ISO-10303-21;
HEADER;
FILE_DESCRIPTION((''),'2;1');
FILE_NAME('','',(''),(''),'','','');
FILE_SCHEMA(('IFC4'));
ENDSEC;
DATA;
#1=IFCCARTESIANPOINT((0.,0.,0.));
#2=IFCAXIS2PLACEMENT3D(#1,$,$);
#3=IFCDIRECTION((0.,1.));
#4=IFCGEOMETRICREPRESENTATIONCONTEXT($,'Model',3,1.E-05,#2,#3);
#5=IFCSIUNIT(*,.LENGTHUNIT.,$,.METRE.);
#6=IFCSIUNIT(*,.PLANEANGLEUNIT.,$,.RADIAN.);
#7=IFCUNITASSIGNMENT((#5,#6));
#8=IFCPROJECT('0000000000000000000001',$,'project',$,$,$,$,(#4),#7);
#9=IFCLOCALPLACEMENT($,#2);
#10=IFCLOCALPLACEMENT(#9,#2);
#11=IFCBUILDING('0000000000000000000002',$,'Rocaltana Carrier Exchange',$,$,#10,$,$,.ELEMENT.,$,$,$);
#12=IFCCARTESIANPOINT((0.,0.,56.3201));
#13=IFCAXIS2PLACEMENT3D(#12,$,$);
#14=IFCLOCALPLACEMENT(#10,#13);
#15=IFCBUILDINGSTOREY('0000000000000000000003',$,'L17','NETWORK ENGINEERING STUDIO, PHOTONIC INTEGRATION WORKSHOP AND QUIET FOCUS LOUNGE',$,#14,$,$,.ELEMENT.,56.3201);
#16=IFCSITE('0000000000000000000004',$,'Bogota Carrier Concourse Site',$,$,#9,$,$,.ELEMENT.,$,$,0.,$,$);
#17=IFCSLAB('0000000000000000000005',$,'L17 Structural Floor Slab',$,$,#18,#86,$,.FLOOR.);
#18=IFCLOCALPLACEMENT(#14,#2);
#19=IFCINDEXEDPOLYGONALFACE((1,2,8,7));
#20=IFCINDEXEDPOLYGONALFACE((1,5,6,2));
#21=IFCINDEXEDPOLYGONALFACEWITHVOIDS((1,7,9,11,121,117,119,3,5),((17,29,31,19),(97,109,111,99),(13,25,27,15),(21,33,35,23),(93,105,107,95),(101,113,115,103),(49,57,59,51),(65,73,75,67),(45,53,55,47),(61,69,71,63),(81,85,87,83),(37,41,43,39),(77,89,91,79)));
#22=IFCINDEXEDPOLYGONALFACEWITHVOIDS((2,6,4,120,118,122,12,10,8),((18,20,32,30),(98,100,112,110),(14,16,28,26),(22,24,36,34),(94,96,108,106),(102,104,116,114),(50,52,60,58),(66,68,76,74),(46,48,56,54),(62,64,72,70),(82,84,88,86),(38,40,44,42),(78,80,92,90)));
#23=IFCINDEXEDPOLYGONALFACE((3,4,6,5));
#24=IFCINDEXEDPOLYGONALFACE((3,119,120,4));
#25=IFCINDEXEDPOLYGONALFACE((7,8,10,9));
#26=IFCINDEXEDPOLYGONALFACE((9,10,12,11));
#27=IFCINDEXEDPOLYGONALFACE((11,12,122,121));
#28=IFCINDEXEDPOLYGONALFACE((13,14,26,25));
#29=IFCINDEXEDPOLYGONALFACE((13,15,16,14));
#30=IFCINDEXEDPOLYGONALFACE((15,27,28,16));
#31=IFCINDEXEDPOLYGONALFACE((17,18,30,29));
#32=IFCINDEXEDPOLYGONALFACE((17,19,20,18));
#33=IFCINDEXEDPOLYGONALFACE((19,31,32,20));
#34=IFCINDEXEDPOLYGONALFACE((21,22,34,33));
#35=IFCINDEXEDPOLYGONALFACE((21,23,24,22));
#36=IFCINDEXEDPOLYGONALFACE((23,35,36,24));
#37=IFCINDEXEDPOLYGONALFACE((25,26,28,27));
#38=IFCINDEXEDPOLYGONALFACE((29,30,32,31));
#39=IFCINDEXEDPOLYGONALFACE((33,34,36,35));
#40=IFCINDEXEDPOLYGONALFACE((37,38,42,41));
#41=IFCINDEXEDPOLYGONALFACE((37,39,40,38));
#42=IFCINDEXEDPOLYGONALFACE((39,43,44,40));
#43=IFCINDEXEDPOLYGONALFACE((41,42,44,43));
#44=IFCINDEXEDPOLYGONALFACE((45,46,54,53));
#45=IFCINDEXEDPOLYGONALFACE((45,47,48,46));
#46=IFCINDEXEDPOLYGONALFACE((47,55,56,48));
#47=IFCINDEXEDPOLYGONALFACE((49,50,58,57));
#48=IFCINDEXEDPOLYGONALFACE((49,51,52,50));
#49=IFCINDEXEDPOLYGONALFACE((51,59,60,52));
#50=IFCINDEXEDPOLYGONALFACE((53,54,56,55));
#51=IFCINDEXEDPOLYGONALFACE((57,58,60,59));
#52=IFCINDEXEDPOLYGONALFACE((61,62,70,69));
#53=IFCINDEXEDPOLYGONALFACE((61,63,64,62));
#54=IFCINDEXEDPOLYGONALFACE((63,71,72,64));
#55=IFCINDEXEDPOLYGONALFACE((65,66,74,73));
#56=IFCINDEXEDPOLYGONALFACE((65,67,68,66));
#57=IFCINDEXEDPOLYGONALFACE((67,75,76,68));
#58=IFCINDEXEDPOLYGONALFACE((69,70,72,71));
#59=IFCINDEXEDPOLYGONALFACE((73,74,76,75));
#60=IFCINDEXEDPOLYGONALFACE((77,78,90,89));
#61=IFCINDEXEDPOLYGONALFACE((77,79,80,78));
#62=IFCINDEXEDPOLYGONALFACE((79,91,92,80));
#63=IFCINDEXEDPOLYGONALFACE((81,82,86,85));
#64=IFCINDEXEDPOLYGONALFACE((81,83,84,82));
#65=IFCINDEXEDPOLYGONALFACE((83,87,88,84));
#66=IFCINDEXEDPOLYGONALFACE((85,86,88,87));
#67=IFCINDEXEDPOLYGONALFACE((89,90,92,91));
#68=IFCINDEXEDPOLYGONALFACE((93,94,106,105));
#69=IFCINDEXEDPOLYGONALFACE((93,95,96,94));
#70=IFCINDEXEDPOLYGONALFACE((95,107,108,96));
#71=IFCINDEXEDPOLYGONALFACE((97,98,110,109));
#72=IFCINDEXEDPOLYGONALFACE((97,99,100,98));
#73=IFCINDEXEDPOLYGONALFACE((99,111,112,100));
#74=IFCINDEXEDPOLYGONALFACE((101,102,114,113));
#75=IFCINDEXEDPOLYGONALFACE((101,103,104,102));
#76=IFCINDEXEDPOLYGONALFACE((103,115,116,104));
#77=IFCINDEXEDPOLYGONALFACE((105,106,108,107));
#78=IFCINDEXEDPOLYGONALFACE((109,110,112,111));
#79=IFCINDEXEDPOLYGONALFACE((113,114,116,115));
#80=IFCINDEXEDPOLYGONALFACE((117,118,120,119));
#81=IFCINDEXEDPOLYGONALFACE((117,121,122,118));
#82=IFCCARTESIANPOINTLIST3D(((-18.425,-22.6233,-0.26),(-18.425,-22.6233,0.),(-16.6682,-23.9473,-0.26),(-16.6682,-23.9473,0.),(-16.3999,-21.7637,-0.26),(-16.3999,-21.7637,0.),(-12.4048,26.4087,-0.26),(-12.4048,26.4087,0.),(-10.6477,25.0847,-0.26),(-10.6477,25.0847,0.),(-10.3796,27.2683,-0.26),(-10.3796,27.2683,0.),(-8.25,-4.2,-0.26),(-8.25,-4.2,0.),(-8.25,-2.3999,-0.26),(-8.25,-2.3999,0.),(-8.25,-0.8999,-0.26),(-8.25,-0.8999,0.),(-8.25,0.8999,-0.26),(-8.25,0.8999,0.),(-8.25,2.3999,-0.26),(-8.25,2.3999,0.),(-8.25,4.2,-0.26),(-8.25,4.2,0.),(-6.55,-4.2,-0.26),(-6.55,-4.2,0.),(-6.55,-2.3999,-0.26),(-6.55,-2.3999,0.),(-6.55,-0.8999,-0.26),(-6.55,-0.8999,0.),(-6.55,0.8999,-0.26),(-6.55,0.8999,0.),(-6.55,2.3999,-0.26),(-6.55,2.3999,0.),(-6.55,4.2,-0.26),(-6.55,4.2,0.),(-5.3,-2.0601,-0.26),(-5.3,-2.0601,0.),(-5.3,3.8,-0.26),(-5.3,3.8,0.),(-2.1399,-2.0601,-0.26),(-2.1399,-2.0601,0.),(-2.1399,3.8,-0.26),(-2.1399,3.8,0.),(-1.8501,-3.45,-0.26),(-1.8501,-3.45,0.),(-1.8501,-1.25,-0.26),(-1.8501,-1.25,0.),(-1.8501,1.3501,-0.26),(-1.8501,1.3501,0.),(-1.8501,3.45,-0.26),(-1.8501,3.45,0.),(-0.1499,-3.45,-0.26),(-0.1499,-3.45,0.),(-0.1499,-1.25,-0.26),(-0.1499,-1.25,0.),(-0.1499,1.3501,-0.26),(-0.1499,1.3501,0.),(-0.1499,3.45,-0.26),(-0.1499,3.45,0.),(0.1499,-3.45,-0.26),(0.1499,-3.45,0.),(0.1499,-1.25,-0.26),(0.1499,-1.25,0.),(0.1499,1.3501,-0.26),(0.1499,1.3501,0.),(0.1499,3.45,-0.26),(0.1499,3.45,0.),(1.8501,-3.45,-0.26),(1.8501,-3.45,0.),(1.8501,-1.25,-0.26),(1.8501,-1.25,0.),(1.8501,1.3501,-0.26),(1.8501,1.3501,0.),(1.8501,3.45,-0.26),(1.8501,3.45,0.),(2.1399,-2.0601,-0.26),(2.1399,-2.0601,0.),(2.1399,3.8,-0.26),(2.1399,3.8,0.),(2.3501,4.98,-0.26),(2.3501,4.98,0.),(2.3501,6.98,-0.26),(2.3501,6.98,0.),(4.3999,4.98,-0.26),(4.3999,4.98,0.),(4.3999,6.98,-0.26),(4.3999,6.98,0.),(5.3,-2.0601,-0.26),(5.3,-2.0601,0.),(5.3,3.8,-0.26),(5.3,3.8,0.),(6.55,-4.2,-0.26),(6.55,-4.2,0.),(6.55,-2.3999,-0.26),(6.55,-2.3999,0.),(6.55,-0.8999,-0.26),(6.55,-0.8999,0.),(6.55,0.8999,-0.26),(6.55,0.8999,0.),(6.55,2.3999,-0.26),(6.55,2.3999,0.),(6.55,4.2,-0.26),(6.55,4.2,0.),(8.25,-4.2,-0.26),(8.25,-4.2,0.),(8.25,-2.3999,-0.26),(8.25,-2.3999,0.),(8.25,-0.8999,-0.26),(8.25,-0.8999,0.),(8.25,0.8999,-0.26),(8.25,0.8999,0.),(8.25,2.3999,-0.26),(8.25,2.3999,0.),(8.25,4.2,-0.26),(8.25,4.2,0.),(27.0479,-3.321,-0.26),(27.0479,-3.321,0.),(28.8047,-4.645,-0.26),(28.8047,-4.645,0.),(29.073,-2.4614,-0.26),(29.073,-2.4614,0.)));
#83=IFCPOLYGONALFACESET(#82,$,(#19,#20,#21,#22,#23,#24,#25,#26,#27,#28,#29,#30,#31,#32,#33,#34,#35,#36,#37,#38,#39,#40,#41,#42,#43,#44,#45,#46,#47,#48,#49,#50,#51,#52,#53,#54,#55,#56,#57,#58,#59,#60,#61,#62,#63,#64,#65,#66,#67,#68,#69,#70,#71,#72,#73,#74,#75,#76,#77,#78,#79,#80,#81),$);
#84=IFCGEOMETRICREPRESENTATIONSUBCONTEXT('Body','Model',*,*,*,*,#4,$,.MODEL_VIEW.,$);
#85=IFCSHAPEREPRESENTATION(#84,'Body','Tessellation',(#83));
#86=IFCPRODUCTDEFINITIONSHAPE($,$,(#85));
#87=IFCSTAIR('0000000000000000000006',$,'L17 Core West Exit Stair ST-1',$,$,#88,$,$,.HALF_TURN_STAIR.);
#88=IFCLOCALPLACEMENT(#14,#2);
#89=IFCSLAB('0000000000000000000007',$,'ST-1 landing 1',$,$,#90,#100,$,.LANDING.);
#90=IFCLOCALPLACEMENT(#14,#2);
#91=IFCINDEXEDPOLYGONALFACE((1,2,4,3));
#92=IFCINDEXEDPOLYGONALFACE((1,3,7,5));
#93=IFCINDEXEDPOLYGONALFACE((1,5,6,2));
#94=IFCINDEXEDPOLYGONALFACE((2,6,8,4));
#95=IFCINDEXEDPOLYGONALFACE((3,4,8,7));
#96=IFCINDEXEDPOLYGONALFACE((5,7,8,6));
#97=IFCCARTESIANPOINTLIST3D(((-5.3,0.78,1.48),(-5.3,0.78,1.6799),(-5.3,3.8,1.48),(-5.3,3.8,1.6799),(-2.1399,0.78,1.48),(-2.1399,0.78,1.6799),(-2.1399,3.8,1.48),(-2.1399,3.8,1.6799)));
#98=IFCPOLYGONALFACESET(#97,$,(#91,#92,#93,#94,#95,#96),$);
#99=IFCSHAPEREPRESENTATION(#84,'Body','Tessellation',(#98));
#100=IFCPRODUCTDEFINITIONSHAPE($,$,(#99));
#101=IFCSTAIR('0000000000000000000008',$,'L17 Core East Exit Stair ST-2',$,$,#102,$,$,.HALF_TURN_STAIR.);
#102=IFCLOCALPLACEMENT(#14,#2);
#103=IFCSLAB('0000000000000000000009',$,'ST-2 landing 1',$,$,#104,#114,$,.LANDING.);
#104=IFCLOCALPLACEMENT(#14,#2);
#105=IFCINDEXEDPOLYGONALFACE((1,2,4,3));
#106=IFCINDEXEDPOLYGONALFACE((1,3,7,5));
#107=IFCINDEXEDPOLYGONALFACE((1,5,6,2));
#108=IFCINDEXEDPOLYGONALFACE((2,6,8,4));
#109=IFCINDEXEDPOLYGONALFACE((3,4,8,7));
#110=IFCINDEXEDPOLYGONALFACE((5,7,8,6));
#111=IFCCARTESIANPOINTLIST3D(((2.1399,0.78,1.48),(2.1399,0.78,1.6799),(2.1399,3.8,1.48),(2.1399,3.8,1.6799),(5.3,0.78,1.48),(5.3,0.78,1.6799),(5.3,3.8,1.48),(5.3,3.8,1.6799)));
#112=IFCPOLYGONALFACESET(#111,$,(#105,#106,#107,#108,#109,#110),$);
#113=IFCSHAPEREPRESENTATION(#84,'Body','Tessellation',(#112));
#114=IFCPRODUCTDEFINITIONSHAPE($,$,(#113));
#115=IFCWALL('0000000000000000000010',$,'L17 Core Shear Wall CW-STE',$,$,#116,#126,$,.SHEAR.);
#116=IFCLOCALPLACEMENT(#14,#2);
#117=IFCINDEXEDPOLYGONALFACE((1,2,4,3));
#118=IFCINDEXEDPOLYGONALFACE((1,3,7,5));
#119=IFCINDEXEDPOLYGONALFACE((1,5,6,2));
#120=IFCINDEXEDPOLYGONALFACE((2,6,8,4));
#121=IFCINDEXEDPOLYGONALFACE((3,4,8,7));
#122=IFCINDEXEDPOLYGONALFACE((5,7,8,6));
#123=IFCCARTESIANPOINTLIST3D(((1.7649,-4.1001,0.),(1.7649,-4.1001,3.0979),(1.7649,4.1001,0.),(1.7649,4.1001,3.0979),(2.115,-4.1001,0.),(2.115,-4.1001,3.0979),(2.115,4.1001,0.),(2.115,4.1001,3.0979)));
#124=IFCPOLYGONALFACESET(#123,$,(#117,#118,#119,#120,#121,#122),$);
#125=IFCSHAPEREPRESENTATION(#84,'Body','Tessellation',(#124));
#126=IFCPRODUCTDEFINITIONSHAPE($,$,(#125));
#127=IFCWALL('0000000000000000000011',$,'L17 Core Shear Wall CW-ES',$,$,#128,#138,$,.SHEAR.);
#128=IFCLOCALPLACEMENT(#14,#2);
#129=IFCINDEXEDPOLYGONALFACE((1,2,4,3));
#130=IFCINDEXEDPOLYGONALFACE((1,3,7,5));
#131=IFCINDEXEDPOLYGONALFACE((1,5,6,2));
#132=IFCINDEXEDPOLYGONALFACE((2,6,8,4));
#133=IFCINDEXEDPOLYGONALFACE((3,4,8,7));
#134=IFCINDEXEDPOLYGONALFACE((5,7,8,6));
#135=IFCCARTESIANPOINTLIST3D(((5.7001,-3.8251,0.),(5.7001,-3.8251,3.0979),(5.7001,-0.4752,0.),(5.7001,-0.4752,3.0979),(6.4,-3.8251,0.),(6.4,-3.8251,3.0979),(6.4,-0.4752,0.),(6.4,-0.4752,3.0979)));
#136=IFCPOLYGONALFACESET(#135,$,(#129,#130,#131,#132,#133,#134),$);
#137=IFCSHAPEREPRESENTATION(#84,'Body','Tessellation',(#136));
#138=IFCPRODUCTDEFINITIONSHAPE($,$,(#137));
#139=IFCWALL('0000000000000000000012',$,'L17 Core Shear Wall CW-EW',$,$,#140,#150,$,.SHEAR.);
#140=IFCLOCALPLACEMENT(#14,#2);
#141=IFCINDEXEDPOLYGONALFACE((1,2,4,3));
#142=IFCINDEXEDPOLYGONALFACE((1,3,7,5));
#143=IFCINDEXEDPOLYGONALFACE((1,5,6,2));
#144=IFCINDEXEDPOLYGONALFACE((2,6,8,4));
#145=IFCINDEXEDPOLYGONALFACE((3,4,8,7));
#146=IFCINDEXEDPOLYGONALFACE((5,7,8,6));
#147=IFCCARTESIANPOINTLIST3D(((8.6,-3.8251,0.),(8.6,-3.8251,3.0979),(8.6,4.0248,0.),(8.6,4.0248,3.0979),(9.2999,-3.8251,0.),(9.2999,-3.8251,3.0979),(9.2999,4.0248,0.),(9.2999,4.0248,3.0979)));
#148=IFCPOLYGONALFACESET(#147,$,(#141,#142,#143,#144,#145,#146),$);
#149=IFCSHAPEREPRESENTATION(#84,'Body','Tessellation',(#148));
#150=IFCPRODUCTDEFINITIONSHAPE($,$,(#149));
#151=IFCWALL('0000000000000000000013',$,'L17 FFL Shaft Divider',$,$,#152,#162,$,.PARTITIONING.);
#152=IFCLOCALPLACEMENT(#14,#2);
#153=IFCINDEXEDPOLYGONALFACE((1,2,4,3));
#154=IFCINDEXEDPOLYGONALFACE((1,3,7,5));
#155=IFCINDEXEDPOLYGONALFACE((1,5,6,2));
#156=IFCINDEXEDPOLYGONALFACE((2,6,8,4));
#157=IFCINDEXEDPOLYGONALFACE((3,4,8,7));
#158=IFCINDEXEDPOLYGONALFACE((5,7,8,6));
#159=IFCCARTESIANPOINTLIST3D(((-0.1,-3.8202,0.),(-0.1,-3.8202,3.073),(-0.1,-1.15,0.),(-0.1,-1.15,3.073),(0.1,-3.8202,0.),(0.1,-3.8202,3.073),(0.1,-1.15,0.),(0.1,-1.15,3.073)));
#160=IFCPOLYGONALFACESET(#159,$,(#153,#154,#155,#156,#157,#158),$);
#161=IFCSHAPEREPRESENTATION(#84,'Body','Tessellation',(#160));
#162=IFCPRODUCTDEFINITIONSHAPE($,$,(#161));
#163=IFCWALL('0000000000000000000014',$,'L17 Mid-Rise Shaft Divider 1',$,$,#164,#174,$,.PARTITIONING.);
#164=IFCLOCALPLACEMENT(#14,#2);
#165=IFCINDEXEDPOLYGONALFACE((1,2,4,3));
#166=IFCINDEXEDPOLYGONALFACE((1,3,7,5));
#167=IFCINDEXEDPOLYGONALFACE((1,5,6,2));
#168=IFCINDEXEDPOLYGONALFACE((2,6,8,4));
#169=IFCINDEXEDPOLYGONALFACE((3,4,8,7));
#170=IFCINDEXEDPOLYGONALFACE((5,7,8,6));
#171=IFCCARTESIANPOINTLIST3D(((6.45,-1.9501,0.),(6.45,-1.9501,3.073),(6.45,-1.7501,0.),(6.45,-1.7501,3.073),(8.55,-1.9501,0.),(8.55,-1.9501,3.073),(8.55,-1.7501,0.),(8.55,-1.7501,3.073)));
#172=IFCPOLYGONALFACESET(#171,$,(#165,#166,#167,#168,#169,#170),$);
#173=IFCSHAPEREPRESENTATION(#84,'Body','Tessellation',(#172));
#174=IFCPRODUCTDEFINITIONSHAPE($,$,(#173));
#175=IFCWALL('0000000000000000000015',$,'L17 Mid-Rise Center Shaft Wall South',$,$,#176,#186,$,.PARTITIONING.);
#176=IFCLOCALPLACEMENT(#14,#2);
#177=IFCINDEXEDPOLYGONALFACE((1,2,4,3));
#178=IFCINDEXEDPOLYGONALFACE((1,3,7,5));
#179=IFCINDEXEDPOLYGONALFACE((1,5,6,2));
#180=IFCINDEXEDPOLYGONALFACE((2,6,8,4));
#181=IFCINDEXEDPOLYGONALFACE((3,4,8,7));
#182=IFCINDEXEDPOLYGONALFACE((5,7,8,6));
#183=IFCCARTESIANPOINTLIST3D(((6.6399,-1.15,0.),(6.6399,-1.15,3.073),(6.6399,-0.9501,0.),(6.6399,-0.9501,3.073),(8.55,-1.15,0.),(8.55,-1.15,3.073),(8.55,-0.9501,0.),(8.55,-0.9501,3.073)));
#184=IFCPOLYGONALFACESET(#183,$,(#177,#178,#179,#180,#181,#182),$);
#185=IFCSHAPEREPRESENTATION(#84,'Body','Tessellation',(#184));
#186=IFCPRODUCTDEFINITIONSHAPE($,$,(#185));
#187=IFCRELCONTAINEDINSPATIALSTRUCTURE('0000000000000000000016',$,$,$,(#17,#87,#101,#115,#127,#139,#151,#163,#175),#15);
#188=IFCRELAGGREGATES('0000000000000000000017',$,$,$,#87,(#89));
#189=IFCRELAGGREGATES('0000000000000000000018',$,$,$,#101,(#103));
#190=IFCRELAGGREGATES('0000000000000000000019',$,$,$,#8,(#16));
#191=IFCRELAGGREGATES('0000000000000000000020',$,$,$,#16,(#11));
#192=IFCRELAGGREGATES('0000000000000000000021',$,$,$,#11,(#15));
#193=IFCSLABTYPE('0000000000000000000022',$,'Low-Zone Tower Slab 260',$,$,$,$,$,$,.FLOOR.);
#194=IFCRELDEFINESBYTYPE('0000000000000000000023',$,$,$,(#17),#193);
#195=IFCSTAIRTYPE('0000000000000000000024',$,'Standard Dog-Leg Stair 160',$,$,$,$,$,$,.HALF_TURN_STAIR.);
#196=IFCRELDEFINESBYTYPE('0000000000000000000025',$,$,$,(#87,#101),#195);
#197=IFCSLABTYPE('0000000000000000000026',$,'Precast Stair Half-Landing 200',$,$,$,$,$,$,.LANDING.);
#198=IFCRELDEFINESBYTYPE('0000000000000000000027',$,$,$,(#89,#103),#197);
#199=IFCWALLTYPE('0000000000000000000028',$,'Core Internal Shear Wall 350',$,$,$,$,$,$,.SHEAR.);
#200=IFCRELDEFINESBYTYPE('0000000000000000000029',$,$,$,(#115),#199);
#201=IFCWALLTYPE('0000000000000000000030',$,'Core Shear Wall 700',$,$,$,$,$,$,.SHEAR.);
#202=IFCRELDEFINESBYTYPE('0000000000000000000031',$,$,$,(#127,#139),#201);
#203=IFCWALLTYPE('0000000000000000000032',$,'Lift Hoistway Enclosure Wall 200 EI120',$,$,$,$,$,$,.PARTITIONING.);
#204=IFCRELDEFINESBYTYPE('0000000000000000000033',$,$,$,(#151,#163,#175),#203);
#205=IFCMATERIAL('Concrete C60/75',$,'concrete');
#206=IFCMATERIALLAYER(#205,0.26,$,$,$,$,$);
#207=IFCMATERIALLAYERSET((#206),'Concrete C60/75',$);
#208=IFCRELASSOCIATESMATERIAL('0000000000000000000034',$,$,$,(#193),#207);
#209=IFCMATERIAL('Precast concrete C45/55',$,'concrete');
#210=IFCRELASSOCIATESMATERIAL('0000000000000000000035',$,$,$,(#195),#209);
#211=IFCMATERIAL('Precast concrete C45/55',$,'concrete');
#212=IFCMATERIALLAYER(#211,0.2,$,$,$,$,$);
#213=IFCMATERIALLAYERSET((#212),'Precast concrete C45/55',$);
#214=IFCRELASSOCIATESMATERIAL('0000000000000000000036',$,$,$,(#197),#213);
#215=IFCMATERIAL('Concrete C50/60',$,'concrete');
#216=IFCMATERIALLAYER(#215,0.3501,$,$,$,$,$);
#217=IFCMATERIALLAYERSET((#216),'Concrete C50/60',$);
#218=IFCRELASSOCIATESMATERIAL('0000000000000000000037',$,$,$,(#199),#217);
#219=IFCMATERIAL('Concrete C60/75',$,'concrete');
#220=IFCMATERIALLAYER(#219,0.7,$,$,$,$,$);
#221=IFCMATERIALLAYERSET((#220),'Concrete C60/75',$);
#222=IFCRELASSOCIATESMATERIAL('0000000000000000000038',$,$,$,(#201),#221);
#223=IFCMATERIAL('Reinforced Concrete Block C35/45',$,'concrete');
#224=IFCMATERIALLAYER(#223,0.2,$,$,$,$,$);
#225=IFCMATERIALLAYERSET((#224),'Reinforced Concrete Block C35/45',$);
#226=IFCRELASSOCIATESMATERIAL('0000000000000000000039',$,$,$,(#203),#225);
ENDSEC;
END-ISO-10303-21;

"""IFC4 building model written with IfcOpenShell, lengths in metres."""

from ifc_helpers import new_model, si_unit, direction, frame, frame_2d, origin, place, context, subcontext, project, spatial, polyline, rectangle, outline, extrude, material, layer, layer_set, type_object, element, aggregate, save


model = new_model("IFC4")

# Units and contexts
model_context = context("Model", 3, precision=1e-05, world=origin(), true_north=direction((0.0, 1.0)))
body_context = subcontext(model_context, "Body", "Model", "MODEL_VIEW")
ifc_project = project(units=[si_unit("LENGTHUNIT", "METRE"), si_unit("PLANEANGLEUNIT", "RADIAN")], contexts=[model_context])

# Site, building, storey
site_placement = place(None, origin())
site = spatial("IfcSite", under=ifc_project, at=site_placement, Name="Bogota Carrier Concourse Site", CompositionType="ELEMENT", RefElevation=0.0)
building_placement = place(site_placement, origin())
building = spatial("IfcBuilding", under=site, at=building_placement, Name="Rocaltana Carrier Exchange", CompositionType="ELEMENT")
storey_placement = place(building_placement, frame((0.0, 0.0, 56.3201)))
storey = spatial("IfcBuildingStorey", under=building, at=storey_placement, Name="L17", Description="NETWORK ENGINEERING STUDIO, PHOTONIC INTEGRATION WORKSHOP AND QUIET FOCUS LOUNGE", CompositionType="ELEMENT", Elevation=56.3201)

# Slab
ifc_material_1 = material(Name="Concrete C60/75", Category="concrete")
ifc_layer_1 = layer(ifc_material_1, 0.26)
ifc_layer_set_1 = layer_set([ifc_layer_1], Name="Concrete C60/75")
slab_type_1 = type_object("IfcSlabType", Name="Low-Zone Tower Slab 260", PredefinedType="FLOOR", material=ifc_layer_set_1)
slab_1_placement = place(storey_placement, frame((0.0, 0.0, -0.26)))
element("IfcSlab", 1, at=slab_1_placement, inside=storey, type_object=slab_type_1, Name="L17 Structural Floor Slab", PredefinedType="FLOOR", context=body_context, shape_type="SweptSolid", body=[
    extrude(outline(polyline([(28.8047, -4.645), (27.0479, -3.321), (29.073, -2.4614), (-10.3796, 27.2683), (-10.6477, 25.0847), (-12.4048, 26.4087), (-18.425, -22.6233), (-16.3999, -21.7637), (-16.6682, -23.9473), (28.8047, -4.645)]), holes=[polyline([(-5.3, -2.0601), (-2.1399, -2.0601), (-2.1399, 3.8), (-5.3, 3.8), (-5.3, -2.0601)]), polyline([(2.1399, -2.0601), (5.3, -2.0601), (5.3, 3.8), (2.1399, 3.8), (2.1399, -2.0601)]), polyline([(-1.8501, -3.45), (-0.1499, -3.45), (-0.1499, -1.25), (-1.8501, -1.25), (-1.8501, -3.45)]), polyline([(0.1499, -3.45), (1.8501, -3.45), (1.8501, -1.25), (0.1499, -1.25), (0.1499, -3.45)]), polyline([(2.3501, 4.98), (4.3999, 4.98), (4.3999, 6.98), (2.3501, 6.98), (2.3501, 4.98)]), polyline([(-1.8501, 1.3501), (-0.1499, 1.3501), (-0.1499, 3.45), (-1.8501, 3.45), (-1.8501, 1.3501)]), polyline([(0.1499, 1.3501), (1.8501, 1.3501), (1.8501, 3.45), (0.1499, 3.45), (0.1499, 1.3501)]), polyline([(-8.25, -4.2), (-6.55, -4.2), (-6.55, -2.3999), (-8.25, -2.3999), (-8.25, -4.2)]), polyline([(-8.25, -0.8999), (-6.55, -0.8999), (-6.55, 0.8999), (-8.25, 0.8999), (-8.25, -0.8999)]), polyline([(-8.25, 2.3999), (-6.55, 2.3999), (-6.55, 4.2), (-8.25, 4.2), (-8.25, 2.3999)]), polyline([(6.55, -4.2), (8.25, -4.2), (8.25, -2.3999), (6.55, -2.3999), (6.55, -4.2)]), polyline([(6.55, -0.8999), (8.25, -0.8999), (8.25, 0.8999), (6.55, 0.8999), (6.55, -0.8999)]), polyline([(6.55, 2.3999), (8.25, 2.3999), (8.25, 4.2), (6.55, 4.2), (6.55, 2.3999)])]), origin(), (0.0, 0.0, 1.0), 0.26),
])

# Stairs, slabs
ifc_material_2 = material(Name="Precast concrete C45/55", Category="concrete")
stair_type = type_object("IfcStairType", Name="Standard Dog-Leg Stair 160", PredefinedType="HALF_TURN_STAIR", material=ifc_material_2)
stair_1_placement = place(storey_placement, origin())
stair_1 = element("IfcStair", 2, at=stair_1_placement, inside=storey, type_object=stair_type, Name="L17 Core West Exit Stair ST-1", PredefinedType="HALF_TURN_STAIR")
ifc_material_3 = material(Name="Precast concrete C45/55", Category="concrete")
ifc_layer_2 = layer(ifc_material_3, 0.2)
ifc_layer_set_2 = layer_set([ifc_layer_2], Name="Precast concrete C45/55")
slab_type_2 = type_object("IfcSlabType", Name="Precast Stair Half-Landing 200", PredefinedType="LANDING", material=ifc_layer_set_2)
slab_2_placement = place(storey_placement, frame((0.0, 0.0, 1.48)))
slab_2 = element("IfcSlab", 3, at=slab_2_placement, type_object=slab_type_2, Name="ST-1 landing 1", PredefinedType="LANDING", context=body_context, shape_type="SweptSolid", body=[
    extrude(outline(polyline([(-2.1399, 0.78), (-2.1399, 3.8), (-5.3, 3.8), (-5.3, 0.78), (-2.1399, 0.78)])), origin(), (0.0, 0.0, 1.0), 0.2),
])
aggregate(stair_1, [slab_2])
stair_2_placement = place(storey_placement, origin())
stair_2 = element("IfcStair", 4, at=stair_2_placement, inside=storey, type_object=stair_type, Name="L17 Core East Exit Stair ST-2", PredefinedType="HALF_TURN_STAIR")
slab_3_placement = place(storey_placement, frame((0.0, 0.0, 1.48)))
slab_3 = element("IfcSlab", 5, at=slab_3_placement, type_object=slab_type_2, Name="ST-2 landing 1", PredefinedType="LANDING", context=body_context, shape_type="SweptSolid", body=[
    extrude(outline(polyline([(5.3, 0.78), (5.3, 3.8), (2.1399, 3.8), (2.1399, 0.78), (5.3, 0.78)])), origin(), (0.0, 0.0, 1.0), 0.2),
])

# Walls
ifc_material_4 = material(Name="Concrete C50/60", Category="concrete")
ifc_layer_3 = layer(ifc_material_4, 0.3501)
ifc_layer_set_3 = layer_set([ifc_layer_3], Name="Concrete C50/60")
wall_type_1 = type_object("IfcWallType", Name="Core Internal Shear Wall 350", PredefinedType="SHEAR", material=ifc_layer_set_3)
wall_1_placement = place(storey_placement, frame((1.9399, -4.1001, 0.0), z_axis=(0.0, 0.0, 1.0), x_axis=(0.0, 1.0, 0.0)))
element("IfcWall", 6, at=wall_1_placement, inside=storey, type_object=wall_type_1, Name="L17 Core Shear Wall CW-STE", PredefinedType="SHEAR", context=body_context, shape_type="SweptSolid", body=[
    extrude(rectangle(XDim=8.2002, YDim=0.3501, at=frame_2d((4.1001, 0.0))), origin(), (0.0, 0.0, 1.0), 3.0979),
])
ifc_material_5 = material(Name="Concrete C60/75", Category="concrete")
ifc_layer_4 = layer(ifc_material_5, 0.7)
ifc_layer_set_4 = layer_set([ifc_layer_4], Name="Concrete C60/75")
wall_type_2 = type_object("IfcWallType", Name="Core Shear Wall 700", PredefinedType="SHEAR", material=ifc_layer_set_4)
wall_2_placement = place(storey_placement, frame((6.05, -3.825, 0.0), z_axis=(0.0, 0.0, 1.0), x_axis=(0.0, 1.0, 0.0)))
element("IfcWall", 7, at=wall_2_placement, inside=storey, type_object=wall_type_2, Name="L17 Core Shear Wall CW-ES", PredefinedType="SHEAR", context=body_context, shape_type="SweptSolid", body=[
    extrude(rectangle(XDim=3.3499, YDim=0.7, at=frame_2d((1.6748, 0.0))), origin(), (0.0, 0.0, 1.0), 3.0979),
])
wall_3_placement = place(storey_placement, frame((8.95, -3.825, 0.0), z_axis=(0.0, 0.0, 1.0), x_axis=(0.0, 1.0, 0.0)))
element("IfcWall", 8, at=wall_3_placement, inside=storey, type_object=wall_type_2, Name="L17 Core Shear Wall CW-EW", PredefinedType="SHEAR", context=body_context, shape_type="SweptSolid", body=[
    extrude(rectangle(XDim=7.8499, YDim=0.7, at=frame_2d((3.9248, 0.0))), origin(), (0.0, 0.0, 1.0), 3.0979),
])
ifc_material_6 = material(Name="Reinforced Concrete Block C35/45", Category="concrete")
ifc_layer_5 = layer(ifc_material_6, 0.2)
ifc_layer_set_5 = layer_set([ifc_layer_5], Name="Reinforced Concrete Block C35/45")
wall_type_3 = type_object("IfcWallType", Name="Lift Hoistway Enclosure Wall 200 EI120", PredefinedType="PARTITIONING", material=ifc_layer_set_5)
wall_4_placement = place(storey_placement, frame((0.0, -3.8201, 0.0), z_axis=(0.0, 0.0, 1.0), x_axis=(0.0, 1.0, 0.0)))
element("IfcWall", 9, at=wall_4_placement, inside=storey, type_object=wall_type_3, Name="L17 FFL Shaft Divider", PredefinedType="PARTITIONING", context=body_context, shape_type="SweptSolid", body=[
    extrude(rectangle(XDim=2.6702, YDim=0.2, at=frame_2d((1.335, 0.0))), origin(), (0.0, 0.0, 1.0), 3.073),
])
wall_5_placement = place(storey_placement, frame((6.45, -1.8501, 0.0), z_axis=(0.0, 0.0, 1.0), x_axis=(1.0, 0.0, 0.0)))
element("IfcWall", 10, at=wall_5_placement, inside=storey, type_object=wall_type_3, Name="L17 Mid-Rise Shaft Divider 1", PredefinedType="PARTITIONING", context=body_context, shape_type="SweptSolid", body=[
    extrude(rectangle(XDim=2.1001, YDim=0.2, at=frame_2d((1.05, 0.0))), origin(), (0.0, 0.0, 1.0), 3.073),
])
wall_6_placement = place(storey_placement, frame((6.6399, -1.05, 0.0), z_axis=(0.0, 0.0, 1.0), x_axis=(1.0, 0.0, 0.0)))
element("IfcWall", 11, at=wall_6_placement, inside=storey, type_object=wall_type_3, Name="L17 Mid-Rise Center Shaft Wall South", PredefinedType="PARTITIONING", context=body_context, shape_type="SweptSolid", body=[
    extrude(rectangle(XDim=1.9102, YDim=0.2, at=frame_2d((0.9551, 0.0))), origin(), (0.0, 0.0, 1.0), 3.073),
])

aggregate(stair_2, [slab_3])

save(model, "model.ifc")
